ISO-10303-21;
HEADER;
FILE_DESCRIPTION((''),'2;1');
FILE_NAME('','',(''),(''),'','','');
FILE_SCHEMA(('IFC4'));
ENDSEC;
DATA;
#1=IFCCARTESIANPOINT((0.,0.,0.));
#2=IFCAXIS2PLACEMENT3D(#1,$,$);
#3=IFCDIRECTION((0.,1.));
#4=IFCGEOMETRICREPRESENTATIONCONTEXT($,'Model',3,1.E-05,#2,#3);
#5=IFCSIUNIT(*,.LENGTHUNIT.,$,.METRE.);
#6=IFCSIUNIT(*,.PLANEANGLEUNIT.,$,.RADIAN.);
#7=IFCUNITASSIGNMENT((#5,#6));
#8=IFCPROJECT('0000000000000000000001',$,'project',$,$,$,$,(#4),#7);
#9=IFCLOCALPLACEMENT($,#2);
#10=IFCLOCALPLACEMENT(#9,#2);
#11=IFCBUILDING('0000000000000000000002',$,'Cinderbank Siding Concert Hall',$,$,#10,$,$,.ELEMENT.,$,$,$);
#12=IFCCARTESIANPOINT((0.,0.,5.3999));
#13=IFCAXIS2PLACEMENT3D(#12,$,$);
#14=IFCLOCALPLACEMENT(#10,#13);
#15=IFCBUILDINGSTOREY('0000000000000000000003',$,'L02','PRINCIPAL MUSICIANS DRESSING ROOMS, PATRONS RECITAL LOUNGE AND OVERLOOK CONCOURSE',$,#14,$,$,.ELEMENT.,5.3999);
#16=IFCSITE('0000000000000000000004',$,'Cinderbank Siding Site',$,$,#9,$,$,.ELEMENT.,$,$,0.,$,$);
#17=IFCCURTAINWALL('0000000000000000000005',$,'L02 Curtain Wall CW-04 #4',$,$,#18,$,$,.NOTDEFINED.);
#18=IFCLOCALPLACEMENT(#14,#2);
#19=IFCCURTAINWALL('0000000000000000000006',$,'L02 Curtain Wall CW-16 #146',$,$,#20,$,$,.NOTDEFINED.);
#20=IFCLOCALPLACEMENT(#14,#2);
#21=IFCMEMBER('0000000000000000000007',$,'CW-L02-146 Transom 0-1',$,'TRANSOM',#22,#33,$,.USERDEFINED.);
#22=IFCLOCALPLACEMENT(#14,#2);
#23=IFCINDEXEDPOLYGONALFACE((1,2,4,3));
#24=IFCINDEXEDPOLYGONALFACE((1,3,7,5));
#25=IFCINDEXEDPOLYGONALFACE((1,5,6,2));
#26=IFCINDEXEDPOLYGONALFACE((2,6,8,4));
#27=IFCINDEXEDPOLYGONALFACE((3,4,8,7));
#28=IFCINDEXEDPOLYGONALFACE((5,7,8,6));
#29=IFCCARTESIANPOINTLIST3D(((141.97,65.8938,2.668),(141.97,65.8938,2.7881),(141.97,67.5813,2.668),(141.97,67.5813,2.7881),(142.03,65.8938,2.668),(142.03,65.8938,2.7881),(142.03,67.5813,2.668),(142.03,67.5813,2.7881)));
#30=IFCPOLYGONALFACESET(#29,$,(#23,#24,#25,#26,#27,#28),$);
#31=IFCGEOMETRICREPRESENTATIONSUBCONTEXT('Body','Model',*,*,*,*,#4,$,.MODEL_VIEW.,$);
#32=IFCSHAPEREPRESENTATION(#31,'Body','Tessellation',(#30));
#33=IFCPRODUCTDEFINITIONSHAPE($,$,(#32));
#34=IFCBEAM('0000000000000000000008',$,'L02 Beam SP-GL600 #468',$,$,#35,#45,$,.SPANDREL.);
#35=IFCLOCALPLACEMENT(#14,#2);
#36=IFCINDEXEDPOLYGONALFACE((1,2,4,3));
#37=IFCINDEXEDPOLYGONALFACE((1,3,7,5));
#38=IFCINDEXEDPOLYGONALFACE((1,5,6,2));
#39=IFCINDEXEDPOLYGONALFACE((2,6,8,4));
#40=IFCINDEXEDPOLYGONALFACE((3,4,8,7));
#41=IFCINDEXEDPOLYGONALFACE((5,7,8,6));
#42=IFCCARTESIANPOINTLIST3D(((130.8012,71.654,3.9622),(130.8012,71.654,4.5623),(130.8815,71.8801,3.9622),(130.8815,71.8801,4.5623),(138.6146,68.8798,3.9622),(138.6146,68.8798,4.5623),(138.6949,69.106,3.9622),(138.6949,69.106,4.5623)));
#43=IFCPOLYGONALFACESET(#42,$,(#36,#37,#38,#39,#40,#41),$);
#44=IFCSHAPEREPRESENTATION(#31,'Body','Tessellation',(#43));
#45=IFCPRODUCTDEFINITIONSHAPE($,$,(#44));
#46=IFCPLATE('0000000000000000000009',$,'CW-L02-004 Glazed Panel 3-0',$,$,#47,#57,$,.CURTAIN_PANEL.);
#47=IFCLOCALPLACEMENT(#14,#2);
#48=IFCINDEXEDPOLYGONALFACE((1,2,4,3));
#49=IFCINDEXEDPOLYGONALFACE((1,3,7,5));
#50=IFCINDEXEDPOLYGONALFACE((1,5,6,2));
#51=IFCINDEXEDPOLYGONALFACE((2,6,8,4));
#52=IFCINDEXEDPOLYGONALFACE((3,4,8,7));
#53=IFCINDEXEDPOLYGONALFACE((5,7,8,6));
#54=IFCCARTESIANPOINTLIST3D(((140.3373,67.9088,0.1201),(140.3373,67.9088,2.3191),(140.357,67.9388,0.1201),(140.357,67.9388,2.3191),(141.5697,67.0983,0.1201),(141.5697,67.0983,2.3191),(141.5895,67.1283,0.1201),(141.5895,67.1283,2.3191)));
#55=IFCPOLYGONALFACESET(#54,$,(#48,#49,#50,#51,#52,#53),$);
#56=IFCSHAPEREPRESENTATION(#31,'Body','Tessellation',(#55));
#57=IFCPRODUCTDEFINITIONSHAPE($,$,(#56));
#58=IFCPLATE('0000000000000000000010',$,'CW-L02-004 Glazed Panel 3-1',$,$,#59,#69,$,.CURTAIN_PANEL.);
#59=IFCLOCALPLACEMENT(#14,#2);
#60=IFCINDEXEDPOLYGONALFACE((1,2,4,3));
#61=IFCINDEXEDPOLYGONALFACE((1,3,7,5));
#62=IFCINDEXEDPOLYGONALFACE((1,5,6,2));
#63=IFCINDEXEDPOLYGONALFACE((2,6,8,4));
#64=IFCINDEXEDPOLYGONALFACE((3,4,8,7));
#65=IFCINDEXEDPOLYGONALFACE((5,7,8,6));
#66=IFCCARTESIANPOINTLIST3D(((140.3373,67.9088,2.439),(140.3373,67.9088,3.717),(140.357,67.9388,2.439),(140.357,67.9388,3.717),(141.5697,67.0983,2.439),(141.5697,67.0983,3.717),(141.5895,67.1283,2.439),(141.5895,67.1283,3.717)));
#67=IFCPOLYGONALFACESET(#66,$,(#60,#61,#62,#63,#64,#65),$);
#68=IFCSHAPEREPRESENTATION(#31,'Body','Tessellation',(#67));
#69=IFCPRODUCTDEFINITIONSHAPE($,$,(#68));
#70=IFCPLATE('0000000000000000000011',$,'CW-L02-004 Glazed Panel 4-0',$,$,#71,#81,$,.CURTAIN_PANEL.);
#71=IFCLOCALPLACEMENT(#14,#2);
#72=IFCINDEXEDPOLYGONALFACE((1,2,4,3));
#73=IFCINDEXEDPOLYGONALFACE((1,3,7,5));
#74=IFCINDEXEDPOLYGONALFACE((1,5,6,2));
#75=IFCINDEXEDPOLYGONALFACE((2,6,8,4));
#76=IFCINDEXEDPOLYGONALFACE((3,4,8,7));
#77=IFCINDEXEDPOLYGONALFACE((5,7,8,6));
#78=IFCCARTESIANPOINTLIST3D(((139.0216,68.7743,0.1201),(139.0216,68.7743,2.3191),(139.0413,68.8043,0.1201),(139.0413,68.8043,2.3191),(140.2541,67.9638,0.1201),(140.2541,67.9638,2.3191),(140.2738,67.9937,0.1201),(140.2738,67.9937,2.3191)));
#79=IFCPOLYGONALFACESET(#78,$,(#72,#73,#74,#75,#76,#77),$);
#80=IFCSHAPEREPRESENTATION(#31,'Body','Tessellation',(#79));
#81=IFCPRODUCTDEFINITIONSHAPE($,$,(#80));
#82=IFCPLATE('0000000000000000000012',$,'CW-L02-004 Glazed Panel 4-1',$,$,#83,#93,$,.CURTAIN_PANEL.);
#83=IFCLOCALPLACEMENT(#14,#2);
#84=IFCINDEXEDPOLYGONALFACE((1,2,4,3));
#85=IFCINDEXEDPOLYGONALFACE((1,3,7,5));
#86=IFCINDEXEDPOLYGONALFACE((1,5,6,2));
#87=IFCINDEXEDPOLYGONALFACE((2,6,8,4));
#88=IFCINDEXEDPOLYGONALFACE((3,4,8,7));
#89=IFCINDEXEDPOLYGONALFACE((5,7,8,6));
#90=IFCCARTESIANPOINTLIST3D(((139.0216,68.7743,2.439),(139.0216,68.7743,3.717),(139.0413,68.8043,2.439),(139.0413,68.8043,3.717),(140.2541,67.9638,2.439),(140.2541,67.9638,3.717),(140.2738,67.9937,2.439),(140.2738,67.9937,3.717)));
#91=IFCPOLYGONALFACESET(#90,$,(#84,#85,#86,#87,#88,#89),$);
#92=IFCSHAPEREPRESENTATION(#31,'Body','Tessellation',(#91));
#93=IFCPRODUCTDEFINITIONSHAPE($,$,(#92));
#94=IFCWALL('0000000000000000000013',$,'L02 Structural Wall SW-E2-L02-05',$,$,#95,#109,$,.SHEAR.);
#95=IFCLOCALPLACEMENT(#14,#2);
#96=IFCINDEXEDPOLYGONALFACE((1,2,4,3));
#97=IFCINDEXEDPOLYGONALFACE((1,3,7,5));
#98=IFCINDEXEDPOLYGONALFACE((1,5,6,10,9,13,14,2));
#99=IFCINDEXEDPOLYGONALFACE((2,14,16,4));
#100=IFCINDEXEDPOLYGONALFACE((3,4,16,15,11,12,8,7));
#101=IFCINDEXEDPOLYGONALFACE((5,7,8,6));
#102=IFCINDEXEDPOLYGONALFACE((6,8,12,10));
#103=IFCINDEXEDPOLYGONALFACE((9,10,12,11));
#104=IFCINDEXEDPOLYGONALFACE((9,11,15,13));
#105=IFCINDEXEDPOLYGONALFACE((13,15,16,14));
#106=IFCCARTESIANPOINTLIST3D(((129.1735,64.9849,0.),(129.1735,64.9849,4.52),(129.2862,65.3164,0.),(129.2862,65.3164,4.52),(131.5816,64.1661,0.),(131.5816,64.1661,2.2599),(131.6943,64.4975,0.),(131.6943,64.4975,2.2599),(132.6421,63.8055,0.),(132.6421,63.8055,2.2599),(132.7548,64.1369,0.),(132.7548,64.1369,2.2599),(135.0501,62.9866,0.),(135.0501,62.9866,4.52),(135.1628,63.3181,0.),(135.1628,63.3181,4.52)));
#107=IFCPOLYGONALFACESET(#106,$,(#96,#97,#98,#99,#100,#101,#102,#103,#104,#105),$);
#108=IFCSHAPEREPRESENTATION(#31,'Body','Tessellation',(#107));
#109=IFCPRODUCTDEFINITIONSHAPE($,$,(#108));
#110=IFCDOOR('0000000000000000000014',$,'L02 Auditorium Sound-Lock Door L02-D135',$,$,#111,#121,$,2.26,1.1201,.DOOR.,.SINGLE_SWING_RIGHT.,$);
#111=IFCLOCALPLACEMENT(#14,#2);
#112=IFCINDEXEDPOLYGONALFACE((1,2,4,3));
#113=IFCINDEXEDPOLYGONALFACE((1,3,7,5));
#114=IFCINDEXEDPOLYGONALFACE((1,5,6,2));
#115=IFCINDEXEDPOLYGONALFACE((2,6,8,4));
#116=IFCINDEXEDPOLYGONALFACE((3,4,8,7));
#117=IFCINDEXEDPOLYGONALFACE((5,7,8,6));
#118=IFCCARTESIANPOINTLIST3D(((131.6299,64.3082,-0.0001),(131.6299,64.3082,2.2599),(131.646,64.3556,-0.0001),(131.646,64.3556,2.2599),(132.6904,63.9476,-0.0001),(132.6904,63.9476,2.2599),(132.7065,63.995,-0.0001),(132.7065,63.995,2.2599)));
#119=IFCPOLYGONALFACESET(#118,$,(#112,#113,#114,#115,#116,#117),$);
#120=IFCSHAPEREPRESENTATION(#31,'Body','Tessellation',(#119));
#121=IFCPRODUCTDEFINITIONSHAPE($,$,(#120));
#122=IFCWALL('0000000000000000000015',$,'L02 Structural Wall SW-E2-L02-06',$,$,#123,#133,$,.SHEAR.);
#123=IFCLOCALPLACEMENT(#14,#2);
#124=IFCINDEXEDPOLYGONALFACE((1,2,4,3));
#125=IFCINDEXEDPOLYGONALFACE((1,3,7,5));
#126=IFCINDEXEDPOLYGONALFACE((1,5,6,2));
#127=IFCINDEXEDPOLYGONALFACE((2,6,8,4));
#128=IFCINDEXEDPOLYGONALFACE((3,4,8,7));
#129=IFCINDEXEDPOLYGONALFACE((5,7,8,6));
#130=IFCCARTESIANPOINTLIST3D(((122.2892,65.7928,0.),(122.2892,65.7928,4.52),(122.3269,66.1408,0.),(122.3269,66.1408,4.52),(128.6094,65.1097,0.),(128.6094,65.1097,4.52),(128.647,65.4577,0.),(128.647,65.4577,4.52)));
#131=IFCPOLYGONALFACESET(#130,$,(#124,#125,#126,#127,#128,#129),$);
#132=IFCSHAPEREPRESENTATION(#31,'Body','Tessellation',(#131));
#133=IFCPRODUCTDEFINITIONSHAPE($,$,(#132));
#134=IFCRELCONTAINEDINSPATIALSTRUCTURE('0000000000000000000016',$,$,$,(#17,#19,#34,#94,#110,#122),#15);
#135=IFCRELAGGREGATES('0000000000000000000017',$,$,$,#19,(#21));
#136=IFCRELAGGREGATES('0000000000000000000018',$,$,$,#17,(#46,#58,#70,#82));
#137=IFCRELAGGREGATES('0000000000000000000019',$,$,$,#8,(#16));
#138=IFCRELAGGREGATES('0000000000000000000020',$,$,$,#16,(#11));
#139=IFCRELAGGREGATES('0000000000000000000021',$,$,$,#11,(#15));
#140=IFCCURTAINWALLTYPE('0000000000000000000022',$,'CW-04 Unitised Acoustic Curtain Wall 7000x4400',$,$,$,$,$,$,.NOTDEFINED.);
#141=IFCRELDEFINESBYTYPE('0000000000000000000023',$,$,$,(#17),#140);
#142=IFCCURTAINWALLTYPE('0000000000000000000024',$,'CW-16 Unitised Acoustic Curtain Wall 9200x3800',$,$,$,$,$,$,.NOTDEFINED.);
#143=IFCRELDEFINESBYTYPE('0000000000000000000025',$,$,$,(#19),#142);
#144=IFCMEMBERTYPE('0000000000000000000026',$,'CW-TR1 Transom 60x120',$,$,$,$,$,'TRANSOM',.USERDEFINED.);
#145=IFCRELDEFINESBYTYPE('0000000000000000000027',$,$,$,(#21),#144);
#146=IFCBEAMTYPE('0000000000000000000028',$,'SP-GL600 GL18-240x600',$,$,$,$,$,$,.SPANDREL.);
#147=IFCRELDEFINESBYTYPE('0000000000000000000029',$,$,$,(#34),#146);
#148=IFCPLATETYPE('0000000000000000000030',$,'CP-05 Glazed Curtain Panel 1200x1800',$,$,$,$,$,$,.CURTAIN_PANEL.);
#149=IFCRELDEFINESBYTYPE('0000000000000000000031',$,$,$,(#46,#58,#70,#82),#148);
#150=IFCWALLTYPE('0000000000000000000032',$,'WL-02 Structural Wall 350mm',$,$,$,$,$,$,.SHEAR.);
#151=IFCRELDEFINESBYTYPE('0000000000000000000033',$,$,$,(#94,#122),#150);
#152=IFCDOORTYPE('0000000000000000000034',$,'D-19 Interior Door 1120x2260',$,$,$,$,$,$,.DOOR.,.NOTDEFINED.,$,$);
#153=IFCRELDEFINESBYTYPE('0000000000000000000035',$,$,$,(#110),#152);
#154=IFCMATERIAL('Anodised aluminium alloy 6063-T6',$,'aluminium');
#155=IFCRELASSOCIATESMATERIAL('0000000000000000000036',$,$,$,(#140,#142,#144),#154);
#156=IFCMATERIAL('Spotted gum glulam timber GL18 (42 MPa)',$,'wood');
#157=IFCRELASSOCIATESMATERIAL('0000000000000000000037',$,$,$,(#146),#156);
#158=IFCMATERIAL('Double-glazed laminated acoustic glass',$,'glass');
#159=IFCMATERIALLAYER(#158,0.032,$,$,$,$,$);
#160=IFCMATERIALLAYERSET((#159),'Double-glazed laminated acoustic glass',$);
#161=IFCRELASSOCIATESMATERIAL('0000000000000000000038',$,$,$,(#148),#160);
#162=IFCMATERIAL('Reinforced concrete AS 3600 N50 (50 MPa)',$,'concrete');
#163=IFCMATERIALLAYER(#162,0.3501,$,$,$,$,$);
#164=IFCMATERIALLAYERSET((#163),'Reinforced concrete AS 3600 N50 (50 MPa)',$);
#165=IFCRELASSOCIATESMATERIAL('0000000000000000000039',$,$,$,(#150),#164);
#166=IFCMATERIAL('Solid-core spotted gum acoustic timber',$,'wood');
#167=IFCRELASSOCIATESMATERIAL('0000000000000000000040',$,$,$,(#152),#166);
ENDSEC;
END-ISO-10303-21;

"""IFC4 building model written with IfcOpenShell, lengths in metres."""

from ifc_helpers import new_model, si_unit, direction, frame, frame_2d, origin, origin_2d, place, context, subcontext, project, spatial, rectangle, extrude, material, layer, layer_set, material_profile, profile_set, type_object, element, fill, aggregate, save


model = new_model("IFC4")

# Units and contexts
model_context = context("Model", 3, precision=1e-05, world=origin(), true_north=direction((0.0, 1.0)))
body_context = subcontext(model_context, "Body", "Model", "MODEL_VIEW")
ifc_project = project(units=[si_unit("LENGTHUNIT", "METRE"), si_unit("PLANEANGLEUNIT", "RADIAN")], contexts=[model_context])

# Site, building, storey
site_placement = place(None, origin())
site = spatial("IfcSite", under=ifc_project, at=site_placement, Name="Cinderbank Siding Site", CompositionType="ELEMENT", RefElevation=0.0)
building_placement = place(site_placement, origin())
building = spatial("IfcBuilding", under=site, at=building_placement, Name="Cinderbank Siding Concert Hall", CompositionType="ELEMENT")
storey_placement = place(building_placement, frame((0.0, 0.0, 5.3999)))
storey = spatial("IfcBuildingStorey", under=building, at=storey_placement, Name="L02", Description="PRINCIPAL MUSICIANS DRESSING ROOMS, PATRONS RECITAL LOUNGE AND OVERLOOK CONCOURSE", CompositionType="ELEMENT", Elevation=5.3999)

# Shared definitions
ifc_material_1 = material(Name="Reinforced concrete AS 3600 N50 (50 MPa)", Category="concrete")

# Curtain wall
ifc_material_2 = material(Name="Anodised aluminium alloy 6063-T6", Category="aluminium")
curtain_wall_type_1 = type_object("IfcCurtainWallType", Name="CW-04 Unitised Acoustic Curtain Wall 7000x4400", PredefinedType="NOTDEFINED", material=ifc_material_2)
curtain_wall_1_placement = place(storey_placement, origin())
curtain_wall_1 = element("IfcCurtainWall", 1, at=curtain_wall_1_placement, inside=storey, type_object=curtain_wall_type_1, Name="L02 Curtain Wall CW-04 #4", PredefinedType="NOTDEFINED")

# Curtain wall
curtain_wall_type_2 = type_object("IfcCurtainWallType", Name="CW-16 Unitised Acoustic Curtain Wall 9200x3800", PredefinedType="NOTDEFINED", material=ifc_material_2)
curtain_wall_2_placement = place(storey_placement, origin())
curtain_wall_2 = element("IfcCurtainWall", 2, at=curtain_wall_2_placement, inside=storey, type_object=curtain_wall_type_2, Name="L02 Curtain Wall CW-16 #146", PredefinedType="NOTDEFINED")

# Member
ifc_material_profile_1 = material_profile(ifc_material_2, rectangle(XDim=0.0601, YDim=0.1201, at=origin_2d()), Name="ALU-TRAN-60x120", Category="LoadBearing")
ifc_profile_set_1 = profile_set([ifc_material_profile_1], Name="Anodised aluminium alloy 6063-T6")
member_type_1 = type_object("IfcMemberType", Name="CW-TR1 Transom 60x120", ElementType="TRANSOM", PredefinedType="USERDEFINED", material=ifc_profile_set_1)
member_1_placement = place(storey_placement, frame((142.0, 65.8938, 2.728), z_axis=(0.0, 1.0, 0.0), x_axis=(-1.0, 0.0, 0.0)))
member_1 = element("IfcMember", 3, at=member_1_placement, type_object=member_type_1, Name="CW-L02-146 Transom 0-1", ObjectType="TRANSOM", PredefinedType="USERDEFINED", context=body_context, shape_type="SweptSolid", body=[
    extrude(rectangle(XDim=0.0601, YDim=0.1201, at=origin_2d()), origin(), (0.0, 0.0, 1.0), 1.6875),
])
aggregate(curtain_wall_2, [member_1])

# Beam
ifc_material_3 = material(Name="Spotted gum glulam timber GL18 (42 MPa)", Category="wood")
ifc_material_profile_2 = material_profile(ifc_material_3, rectangle(XDim=0.24, YDim=0.6001, at=origin_2d()), Name="GL18-240x600", Category="LoadBearing")
ifc_profile_set_2 = profile_set([ifc_material_profile_2], Name="Spotted gum glulam timber GL18 (42 MPa)")
beam_type_1 = type_object("IfcBeamType", Name="SP-GL600 GL18-240x600", PredefinedType="SPANDREL", material=ifc_profile_set_2)
beam_1_placement = place(storey_placement, frame((138.6548, 68.9929, 4.2622), z_axis=(-0.942365, 0.334586, 0.0), x_axis=(-0.334586, -0.942365, 0.0)))
element("IfcBeam", 4, at=beam_1_placement, inside=storey, type_object=beam_type_1, Name="L02 Beam SP-GL600 #468", PredefinedType="SPANDREL", context=body_context, shape_type="SweptSolid", body=[
    extrude(rectangle(XDim=0.24, YDim=0.6001, at=origin_2d()), origin(), (0.0, 0.0, 1.0), 8.2913),
])

# Plates
ifc_material_4 = material(Name="Double-glazed laminated acoustic glass", Category="glass")
ifc_layer_1 = layer(ifc_material_4, 0.032)
ifc_layer_set_1 = layer_set([ifc_layer_1], Name="Double-glazed laminated acoustic glass")
plate_type = type_object("IfcPlateType", Name="CP-05 Glazed Curtain Panel 1200x1800", PredefinedType="CURTAIN_PANEL", material=ifc_layer_set_1)
plate_1_placement = place(storey_placement, frame((140.9634, 67.5186, 0.1201), z_axis=(0.0, 0.0, 1.0), x_axis=(-0.835492, 0.549503, 0.0)))
plate_1 = element("IfcPlate", 5, at=plate_1_placement, type_object=plate_type, Name="CW-L02-004 Glazed Panel 3-0", PredefinedType="CURTAIN_PANEL", context=body_context, shape_type="SweptSolid", body=[
    extrude(rectangle(XDim=1.4751, YDim=0.0359, at=origin_2d()), origin(), (0.0, 0.0, 1.0), 2.199),
])
plate_2_placement = place(storey_placement, frame((140.9634, 67.5186, 2.439), z_axis=(0.0, 0.0, 1.0), x_axis=(-0.835492, 0.549503, 0.0)))
plate_2 = element("IfcPlate", 6, at=plate_2_placement, type_object=plate_type, Name="CW-L02-004 Glazed Panel 3-1", PredefinedType="CURTAIN_PANEL", context=body_context, shape_type="SweptSolid", body=[
    extrude(rectangle(XDim=1.4751, YDim=0.0359, at=origin_2d()), origin(), (0.0, 0.0, 1.0), 1.2781),
])
plate_3_placement = place(storey_placement, frame((139.6477, 68.384, 0.1201), z_axis=(0.0, 0.0, 1.0), x_axis=(-0.835492, 0.549503, 0.0)))
plate_3 = element("IfcPlate", 7, at=plate_3_placement, type_object=plate_type, Name="CW-L02-004 Glazed Panel 4-0", PredefinedType="CURTAIN_PANEL", context=body_context, shape_type="SweptSolid", body=[
    extrude(rectangle(XDim=1.4751, YDim=0.0359, at=origin_2d()), origin(), (0.0, 0.0, 1.0), 2.199),
])
plate_4_placement = place(storey_placement, frame((139.6477, 68.384, 2.439), z_axis=(0.0, 0.0, 1.0), x_axis=(-0.835492, 0.549503, 0.0)))
plate_4 = element("IfcPlate", 8, at=plate_4_placement, type_object=plate_type, Name="CW-L02-004 Glazed Panel 4-1", PredefinedType="CURTAIN_PANEL", context=body_context, shape_type="SweptSolid", body=[
    extrude(rectangle(XDim=1.4751, YDim=0.0359, at=origin_2d()), origin(), (0.0, 0.0, 1.0), 1.2781),
])
aggregate(curtain_wall_1, [plate_1, plate_2, plate_3, plate_4])

# Wall, opening, door
ifc_layer_2 = layer(ifc_material_1, 0.3501)
ifc_layer_set_2 = layer_set([ifc_layer_2], Name="Reinforced concrete AS 3600 N50 (50 MPa)")
wall_type = type_object("IfcWallType", Name="WL-02 Structural Wall 350mm", PredefinedType="SHEAR", material=ifc_layer_set_2)
wall_1_placement = place(storey_placement, frame((135.1064, 63.1523, 0.0), z_axis=(0.0, 0.0, 1.0), x_axis=(-0.946758, 0.321945, 0.0)))
wall_1 = element("IfcWall", 9, at=wall_1_placement, inside=storey, type_object=wall_type, Name="L02 Structural Wall SW-E2-L02-05", PredefinedType="SHEAR", context=body_context, shape_type="SweptSolid", body=[
    extrude(rectangle(XDim=6.207, YDim=0.3501, at=frame_2d((3.1035, 0.0))), origin(), (0.0, 0.0, 1.0), 4.52),
])
opening_placement = place(wall_1_placement, frame((2.5435, 0.0, 0.0)))
opening = element("IfcOpeningElement", 10, at=opening_placement, cuts=wall_1, PredefinedType="OPENING", context=body_context, shape_type="SweptSolid", body=[
    extrude(rectangle(XDim=1.1201, YDim=2.26, at=frame_2d((0.5601, 1.1299))), frame((0.0, 0.187, 0.0), z_axis=(0.0, -1.0, 0.0), x_axis=(1.0, 0.0, 0.0)), (0.0, 0.0, 1.0), 0.374),
])
ifc_material_5 = material(Name="Solid-core spotted gum acoustic timber", Category="wood")
door_type = type_object("IfcDoorType", Name="D-19 Interior Door 1120x2260", OperationType="NOTDEFINED", PredefinedType="DOOR", material=ifc_material_5)
door_placement = place(opening_placement, origin())
door = element("IfcDoor", 11, at=door_placement, inside=storey, type_object=door_type, Name="L02 Auditorium Sound-Lock Door L02-D135", OperationType="SINGLE_SWING_RIGHT", OverallHeight=2.26, OverallWidth=1.1201, PredefinedType="DOOR", context=body_context, shape_type="SweptSolid", body=[
    extrude(rectangle(XDim=1.1201, YDim=2.26, at=frame_2d((0.5601, 1.1299))), frame((0.0, 0.0249, 0.0), z_axis=(0.0, -1.0, 0.0), x_axis=(1.0, 0.0, 0.0)), (0.0, 0.0, 1.0), 0.05),
])
fill(opening, door)

# Wall
wall_2_placement = place(storey_placement, frame((128.6282, 65.2837, 0.0), z_axis=(0.0, 0.0, 1.0), x_axis=(-0.994209, 0.107459, 0.0)))
element("IfcWall", 12, at=wall_2_placement, inside=storey, type_object=wall_type, Name="L02 Structural Wall SW-E2-L02-06", PredefinedType="SHEAR", context=body_context, shape_type="SweptSolid", body=[
    extrude(rectangle(XDim=6.3569, YDim=0.3501, at=frame_2d((3.1785, 0.0))), origin(), (0.0, 0.0, 1.0), 4.52),
])

save(model, "model.ifc")
